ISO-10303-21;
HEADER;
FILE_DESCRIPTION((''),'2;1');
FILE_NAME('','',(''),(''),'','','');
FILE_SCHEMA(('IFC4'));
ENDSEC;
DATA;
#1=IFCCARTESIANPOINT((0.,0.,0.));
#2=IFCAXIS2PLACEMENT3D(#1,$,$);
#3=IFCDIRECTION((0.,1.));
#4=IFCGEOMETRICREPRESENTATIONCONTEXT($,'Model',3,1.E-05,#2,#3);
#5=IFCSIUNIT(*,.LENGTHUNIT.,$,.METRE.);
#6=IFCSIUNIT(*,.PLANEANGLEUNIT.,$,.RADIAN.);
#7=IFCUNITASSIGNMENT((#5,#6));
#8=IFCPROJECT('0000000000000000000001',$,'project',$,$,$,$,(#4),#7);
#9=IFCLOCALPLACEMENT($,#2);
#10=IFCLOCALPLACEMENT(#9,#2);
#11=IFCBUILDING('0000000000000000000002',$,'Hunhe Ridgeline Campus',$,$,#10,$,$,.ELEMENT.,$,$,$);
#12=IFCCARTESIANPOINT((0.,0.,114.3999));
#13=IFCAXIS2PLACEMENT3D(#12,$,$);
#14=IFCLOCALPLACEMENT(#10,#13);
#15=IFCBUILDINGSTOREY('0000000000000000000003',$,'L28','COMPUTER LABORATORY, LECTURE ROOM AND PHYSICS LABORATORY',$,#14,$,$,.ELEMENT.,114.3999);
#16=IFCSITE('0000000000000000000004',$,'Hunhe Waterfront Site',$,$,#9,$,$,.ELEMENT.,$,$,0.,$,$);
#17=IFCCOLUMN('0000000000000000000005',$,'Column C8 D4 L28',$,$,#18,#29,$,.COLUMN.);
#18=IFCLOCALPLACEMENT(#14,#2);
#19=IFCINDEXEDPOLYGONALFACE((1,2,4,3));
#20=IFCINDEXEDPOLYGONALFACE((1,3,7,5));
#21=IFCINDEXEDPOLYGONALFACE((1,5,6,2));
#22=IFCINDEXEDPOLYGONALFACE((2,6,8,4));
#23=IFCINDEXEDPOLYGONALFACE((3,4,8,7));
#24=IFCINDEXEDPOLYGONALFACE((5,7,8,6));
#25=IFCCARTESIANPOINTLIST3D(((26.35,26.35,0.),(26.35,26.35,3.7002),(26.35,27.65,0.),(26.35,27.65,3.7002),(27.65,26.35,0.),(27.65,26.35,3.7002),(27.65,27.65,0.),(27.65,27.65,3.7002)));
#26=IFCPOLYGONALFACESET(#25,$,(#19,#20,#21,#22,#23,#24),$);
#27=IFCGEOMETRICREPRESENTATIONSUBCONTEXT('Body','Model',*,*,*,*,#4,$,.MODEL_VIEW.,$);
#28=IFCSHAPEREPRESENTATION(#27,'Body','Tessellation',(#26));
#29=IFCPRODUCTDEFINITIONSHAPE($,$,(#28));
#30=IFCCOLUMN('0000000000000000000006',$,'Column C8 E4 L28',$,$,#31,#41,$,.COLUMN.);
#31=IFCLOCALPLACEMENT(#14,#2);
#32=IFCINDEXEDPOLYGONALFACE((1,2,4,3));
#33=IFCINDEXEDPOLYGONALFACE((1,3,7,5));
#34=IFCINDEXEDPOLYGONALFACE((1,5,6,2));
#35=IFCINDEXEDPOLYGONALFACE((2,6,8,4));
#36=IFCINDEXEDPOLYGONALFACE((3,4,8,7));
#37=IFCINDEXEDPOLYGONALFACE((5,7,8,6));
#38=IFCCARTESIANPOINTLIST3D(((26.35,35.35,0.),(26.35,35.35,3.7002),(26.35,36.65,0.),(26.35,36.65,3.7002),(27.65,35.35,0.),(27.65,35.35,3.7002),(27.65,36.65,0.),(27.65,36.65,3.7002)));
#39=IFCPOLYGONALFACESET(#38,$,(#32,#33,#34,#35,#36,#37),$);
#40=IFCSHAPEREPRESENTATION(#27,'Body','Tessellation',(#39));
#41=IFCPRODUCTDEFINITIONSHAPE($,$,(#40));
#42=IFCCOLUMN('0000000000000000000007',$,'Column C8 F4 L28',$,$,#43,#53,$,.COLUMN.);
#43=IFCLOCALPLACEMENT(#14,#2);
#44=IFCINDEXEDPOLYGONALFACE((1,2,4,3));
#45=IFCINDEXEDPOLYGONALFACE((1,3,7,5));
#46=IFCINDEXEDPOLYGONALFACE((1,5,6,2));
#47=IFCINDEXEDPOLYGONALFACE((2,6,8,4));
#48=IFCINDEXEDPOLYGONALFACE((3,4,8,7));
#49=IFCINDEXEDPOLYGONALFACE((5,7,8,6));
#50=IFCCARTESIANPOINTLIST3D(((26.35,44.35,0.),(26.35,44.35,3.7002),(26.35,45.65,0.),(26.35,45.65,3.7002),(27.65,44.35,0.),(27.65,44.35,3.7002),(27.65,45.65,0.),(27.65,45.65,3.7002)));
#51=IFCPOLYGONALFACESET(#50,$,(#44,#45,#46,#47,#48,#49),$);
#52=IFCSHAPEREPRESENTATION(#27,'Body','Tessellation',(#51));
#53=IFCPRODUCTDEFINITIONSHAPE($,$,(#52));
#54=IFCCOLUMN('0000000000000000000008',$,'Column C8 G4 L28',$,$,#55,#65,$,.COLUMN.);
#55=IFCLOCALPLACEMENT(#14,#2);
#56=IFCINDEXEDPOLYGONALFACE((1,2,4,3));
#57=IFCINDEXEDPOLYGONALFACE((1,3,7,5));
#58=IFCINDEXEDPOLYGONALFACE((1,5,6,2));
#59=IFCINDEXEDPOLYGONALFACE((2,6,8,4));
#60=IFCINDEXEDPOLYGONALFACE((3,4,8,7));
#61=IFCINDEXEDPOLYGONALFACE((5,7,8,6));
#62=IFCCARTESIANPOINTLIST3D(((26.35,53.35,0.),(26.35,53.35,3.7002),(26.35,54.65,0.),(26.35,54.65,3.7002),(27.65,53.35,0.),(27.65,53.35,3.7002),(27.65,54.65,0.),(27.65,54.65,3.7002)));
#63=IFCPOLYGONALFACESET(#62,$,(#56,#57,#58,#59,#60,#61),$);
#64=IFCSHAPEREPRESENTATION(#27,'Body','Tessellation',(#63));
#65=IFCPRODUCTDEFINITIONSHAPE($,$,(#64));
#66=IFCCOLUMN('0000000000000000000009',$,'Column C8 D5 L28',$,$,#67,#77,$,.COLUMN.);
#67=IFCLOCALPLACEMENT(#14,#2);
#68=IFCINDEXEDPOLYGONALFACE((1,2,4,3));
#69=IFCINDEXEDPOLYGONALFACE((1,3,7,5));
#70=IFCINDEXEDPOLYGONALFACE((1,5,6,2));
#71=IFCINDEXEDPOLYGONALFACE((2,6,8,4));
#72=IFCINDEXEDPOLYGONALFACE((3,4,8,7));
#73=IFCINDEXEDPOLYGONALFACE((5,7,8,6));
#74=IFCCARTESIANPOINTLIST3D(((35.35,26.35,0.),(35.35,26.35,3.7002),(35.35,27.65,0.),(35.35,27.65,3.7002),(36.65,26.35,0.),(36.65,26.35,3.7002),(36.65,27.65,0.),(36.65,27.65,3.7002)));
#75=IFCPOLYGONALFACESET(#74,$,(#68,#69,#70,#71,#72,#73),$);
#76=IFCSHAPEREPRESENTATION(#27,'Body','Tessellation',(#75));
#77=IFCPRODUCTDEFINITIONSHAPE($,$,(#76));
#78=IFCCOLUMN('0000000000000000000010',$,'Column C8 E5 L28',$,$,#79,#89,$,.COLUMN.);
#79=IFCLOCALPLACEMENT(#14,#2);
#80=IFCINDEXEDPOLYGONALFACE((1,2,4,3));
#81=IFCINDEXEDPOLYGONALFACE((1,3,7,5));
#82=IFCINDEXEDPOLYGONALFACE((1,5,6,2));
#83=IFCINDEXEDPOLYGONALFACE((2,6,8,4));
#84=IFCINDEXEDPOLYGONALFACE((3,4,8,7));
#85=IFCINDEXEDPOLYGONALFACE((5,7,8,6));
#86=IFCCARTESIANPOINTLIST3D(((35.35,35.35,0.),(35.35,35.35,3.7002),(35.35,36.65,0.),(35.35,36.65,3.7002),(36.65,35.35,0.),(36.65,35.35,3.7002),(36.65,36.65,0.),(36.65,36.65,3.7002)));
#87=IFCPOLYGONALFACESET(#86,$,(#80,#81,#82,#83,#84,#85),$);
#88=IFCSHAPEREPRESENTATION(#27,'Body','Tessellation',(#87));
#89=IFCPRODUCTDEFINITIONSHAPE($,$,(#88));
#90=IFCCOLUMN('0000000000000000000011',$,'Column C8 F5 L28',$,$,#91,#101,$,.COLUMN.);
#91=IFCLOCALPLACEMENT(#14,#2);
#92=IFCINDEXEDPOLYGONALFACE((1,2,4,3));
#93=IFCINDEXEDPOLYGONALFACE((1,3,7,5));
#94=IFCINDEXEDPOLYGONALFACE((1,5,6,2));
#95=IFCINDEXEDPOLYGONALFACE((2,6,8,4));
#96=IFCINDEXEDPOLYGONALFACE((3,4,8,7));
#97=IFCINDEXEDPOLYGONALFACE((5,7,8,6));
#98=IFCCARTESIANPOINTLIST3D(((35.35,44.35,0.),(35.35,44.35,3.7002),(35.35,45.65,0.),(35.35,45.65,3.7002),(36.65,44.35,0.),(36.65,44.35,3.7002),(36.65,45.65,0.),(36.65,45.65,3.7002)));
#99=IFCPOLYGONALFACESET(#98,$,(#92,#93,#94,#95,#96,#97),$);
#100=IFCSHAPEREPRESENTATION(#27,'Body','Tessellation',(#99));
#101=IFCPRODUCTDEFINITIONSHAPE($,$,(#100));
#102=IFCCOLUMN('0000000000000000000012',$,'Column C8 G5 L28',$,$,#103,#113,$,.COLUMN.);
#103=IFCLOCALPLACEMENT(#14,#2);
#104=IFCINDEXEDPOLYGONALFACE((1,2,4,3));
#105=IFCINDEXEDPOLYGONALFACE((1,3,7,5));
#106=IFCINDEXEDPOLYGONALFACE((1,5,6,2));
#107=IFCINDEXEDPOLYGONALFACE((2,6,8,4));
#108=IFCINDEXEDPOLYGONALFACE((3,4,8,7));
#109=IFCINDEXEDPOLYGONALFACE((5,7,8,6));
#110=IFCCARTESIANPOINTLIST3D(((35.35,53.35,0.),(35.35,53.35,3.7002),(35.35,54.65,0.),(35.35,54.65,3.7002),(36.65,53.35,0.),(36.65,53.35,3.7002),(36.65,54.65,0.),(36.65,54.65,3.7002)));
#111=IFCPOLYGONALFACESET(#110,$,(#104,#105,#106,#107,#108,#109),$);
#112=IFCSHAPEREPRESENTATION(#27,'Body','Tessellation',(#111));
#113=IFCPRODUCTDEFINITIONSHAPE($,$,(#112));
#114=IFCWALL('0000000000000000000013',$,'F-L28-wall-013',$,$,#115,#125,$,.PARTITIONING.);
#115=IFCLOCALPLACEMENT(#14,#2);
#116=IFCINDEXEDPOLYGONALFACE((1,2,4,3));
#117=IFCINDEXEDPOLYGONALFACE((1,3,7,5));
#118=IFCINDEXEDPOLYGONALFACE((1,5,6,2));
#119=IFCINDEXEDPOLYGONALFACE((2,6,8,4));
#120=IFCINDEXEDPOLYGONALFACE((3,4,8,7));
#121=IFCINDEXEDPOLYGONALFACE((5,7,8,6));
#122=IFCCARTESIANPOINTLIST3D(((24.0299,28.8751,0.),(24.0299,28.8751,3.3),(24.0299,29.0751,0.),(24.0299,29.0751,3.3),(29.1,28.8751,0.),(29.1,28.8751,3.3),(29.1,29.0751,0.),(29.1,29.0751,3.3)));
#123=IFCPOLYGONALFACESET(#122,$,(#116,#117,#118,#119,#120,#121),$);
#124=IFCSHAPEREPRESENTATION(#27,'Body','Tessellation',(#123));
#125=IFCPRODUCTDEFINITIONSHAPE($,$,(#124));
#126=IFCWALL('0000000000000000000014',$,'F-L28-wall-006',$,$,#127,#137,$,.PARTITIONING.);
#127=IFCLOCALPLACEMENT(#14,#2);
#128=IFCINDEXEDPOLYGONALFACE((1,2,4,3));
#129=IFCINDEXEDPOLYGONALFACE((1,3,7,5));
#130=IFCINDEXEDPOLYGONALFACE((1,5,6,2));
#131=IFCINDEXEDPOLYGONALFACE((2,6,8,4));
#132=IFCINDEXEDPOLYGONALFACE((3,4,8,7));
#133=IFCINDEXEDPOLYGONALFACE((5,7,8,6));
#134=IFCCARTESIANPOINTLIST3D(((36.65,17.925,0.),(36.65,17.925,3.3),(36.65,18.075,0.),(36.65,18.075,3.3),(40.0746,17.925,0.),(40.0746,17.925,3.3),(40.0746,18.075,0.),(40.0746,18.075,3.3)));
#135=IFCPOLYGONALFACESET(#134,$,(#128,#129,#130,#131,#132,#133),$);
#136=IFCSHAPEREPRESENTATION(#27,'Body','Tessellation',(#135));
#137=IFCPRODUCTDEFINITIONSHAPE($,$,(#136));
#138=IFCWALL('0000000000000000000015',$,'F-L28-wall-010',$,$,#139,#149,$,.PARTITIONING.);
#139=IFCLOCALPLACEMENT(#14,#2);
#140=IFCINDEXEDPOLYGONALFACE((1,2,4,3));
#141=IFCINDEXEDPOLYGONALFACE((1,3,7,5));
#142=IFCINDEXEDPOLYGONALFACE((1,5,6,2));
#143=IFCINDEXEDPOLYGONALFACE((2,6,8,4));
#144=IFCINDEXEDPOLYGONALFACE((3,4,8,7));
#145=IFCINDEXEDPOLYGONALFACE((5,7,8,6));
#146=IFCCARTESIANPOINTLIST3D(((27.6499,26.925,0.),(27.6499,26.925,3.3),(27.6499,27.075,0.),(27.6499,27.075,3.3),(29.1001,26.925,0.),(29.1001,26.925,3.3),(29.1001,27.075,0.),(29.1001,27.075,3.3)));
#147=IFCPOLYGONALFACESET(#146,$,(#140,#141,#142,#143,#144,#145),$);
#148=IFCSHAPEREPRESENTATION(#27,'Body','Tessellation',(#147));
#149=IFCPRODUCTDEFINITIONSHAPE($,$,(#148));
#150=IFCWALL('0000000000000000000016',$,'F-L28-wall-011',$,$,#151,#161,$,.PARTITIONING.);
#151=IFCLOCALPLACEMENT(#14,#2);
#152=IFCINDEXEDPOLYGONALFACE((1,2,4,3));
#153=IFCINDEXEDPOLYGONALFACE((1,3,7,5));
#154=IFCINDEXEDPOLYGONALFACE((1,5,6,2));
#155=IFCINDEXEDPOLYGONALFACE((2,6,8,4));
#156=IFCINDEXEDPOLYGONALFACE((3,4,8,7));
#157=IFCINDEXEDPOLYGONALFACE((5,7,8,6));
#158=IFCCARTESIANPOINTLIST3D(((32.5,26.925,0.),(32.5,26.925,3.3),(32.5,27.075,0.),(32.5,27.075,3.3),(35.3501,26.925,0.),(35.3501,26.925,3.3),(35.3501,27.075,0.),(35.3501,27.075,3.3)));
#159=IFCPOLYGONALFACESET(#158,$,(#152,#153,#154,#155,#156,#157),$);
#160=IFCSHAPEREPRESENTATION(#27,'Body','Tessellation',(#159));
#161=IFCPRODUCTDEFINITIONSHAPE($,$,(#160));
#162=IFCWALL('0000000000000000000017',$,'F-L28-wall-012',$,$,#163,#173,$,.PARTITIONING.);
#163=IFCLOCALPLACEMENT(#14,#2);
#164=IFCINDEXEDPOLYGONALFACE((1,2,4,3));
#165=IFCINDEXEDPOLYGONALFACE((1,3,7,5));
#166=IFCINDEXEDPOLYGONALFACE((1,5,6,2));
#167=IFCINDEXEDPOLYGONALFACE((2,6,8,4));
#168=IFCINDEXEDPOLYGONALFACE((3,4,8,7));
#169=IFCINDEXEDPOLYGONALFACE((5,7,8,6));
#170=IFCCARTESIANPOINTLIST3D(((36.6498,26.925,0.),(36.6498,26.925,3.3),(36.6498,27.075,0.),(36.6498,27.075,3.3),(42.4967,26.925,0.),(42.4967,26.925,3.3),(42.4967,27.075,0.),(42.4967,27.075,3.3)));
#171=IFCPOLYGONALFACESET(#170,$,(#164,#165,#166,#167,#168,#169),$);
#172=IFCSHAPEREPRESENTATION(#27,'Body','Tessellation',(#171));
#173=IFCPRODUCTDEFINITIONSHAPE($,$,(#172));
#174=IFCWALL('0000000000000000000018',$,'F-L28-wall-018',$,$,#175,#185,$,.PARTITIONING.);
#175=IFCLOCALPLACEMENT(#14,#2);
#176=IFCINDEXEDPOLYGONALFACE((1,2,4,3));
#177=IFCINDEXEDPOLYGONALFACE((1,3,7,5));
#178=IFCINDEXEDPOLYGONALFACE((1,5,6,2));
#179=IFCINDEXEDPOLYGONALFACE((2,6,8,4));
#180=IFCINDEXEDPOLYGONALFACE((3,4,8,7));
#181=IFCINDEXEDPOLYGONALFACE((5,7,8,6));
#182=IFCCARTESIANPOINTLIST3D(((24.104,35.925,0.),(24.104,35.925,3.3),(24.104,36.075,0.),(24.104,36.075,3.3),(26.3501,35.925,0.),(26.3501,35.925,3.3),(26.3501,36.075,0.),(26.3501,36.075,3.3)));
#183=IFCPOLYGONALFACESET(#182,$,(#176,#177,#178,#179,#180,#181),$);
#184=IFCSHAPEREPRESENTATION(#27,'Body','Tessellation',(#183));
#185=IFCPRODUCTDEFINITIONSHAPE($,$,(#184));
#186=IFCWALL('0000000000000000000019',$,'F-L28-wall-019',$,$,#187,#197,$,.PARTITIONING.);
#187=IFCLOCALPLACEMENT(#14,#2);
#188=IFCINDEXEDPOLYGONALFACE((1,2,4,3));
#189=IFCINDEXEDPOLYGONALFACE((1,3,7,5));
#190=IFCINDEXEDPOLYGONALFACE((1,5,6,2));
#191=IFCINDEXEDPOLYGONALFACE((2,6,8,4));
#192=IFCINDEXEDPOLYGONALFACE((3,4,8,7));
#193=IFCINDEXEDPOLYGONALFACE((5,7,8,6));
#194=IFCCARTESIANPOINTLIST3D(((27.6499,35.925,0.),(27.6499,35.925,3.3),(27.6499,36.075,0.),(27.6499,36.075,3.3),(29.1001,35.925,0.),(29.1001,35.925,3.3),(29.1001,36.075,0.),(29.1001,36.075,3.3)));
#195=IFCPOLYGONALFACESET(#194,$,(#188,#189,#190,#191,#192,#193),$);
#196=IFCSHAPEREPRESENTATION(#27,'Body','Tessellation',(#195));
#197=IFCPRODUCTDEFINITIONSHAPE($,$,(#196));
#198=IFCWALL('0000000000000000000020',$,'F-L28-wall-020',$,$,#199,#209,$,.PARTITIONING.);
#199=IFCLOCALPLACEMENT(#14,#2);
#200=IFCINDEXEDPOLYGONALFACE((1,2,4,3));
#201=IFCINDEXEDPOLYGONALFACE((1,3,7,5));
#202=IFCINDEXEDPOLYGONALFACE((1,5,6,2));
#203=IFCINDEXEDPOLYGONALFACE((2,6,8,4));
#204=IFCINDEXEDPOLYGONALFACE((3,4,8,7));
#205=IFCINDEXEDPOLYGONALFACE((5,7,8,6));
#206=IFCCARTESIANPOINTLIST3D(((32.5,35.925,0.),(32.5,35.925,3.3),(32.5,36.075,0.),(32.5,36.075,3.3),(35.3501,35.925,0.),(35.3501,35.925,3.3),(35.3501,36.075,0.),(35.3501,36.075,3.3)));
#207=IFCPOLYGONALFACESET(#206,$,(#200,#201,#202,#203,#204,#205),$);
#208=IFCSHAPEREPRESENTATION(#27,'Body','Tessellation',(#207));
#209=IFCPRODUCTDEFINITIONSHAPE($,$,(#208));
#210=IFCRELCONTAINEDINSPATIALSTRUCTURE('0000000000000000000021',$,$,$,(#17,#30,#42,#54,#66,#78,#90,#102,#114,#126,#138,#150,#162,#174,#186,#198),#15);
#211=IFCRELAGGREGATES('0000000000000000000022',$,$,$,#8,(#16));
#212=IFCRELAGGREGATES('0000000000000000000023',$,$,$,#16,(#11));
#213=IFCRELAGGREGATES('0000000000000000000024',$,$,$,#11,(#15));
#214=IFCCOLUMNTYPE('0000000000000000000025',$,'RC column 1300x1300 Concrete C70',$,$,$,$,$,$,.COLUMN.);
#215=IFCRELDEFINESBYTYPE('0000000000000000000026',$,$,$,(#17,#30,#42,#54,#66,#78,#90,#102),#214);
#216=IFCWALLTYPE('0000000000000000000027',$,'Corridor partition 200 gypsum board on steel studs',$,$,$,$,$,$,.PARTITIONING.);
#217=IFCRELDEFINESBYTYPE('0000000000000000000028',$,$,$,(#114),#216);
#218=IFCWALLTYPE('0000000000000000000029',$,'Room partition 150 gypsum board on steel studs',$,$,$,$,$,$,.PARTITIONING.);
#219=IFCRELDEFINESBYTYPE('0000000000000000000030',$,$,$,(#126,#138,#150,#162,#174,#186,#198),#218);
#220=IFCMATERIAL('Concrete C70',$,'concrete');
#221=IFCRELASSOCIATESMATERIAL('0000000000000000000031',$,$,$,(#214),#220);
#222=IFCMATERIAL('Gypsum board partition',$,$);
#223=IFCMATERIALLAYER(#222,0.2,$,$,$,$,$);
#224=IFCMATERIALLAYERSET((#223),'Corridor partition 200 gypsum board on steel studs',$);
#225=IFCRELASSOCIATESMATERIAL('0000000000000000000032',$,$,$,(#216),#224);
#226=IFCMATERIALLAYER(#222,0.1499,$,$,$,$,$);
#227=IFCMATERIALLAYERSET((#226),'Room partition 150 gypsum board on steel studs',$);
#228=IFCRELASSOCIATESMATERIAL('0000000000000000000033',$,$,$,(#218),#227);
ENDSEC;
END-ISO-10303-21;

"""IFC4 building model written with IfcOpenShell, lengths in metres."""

from ifc_helpers import new_model, si_unit, direction, frame, frame_2d, origin, origin_2d, place, context, subcontext, project, spatial, rectangle, extrude, material, layer, layer_set, material_profile, profile_set, type_object, element, save


model = new_model("IFC4")

# Units and contexts
model_context = context("Model", 3, precision=1e-05, world=origin(), true_north=direction((0.0, 1.0)))
body_context = subcontext(model_context, "Body", "Model", "MODEL_VIEW")
ifc_project = project(units=[si_unit("LENGTHUNIT", "METRE"), si_unit("PLANEANGLEUNIT", "RADIAN")], contexts=[model_context])

# Site, building, storey
site_placement = place(None, origin())
site = spatial("IfcSite", under=ifc_project, at=site_placement, Name="Hunhe Waterfront Site", CompositionType="ELEMENT", RefElevation=0.0)
building_placement = place(site_placement, origin())
building = spatial("IfcBuilding", under=site, at=building_placement, Name="Hunhe Ridgeline Campus", CompositionType="ELEMENT")
storey_placement = place(building_placement, frame((0.0, 0.0, 114.3999)))
storey = spatial("IfcBuildingStorey", under=building, at=storey_placement, Name="L28", Description="COMPUTER LABORATORY, LECTURE ROOM AND PHYSICS LABORATORY", CompositionType="ELEMENT", Elevation=114.3999)

# Columns
ifc_material_1 = material(Name="Concrete C70", Category="concrete")
ifc_material_profile = material_profile(ifc_material_1, rectangle(XDim=1.3, YDim=1.3, at=origin_2d()))
ifc_profile_set = profile_set([ifc_material_profile], Name="Concrete C70")
column_type = type_object("IfcColumnType", Name="RC column 1300x1300 Concrete C70", PredefinedType="COLUMN", material=ifc_profile_set)
for number, where, z_axis, x_axis, name in (
    (1, (27.0, 27.0, 0.0), (0.0, 0.0, 1.0), (1.0, 0.0, 0.0), "Column C8 D4 L28"),
    (2, (27.0, 36.0, 0.0), (0.0, 0.0, 1.0), (1.0, 0.0, 0.0), "Column C8 E4 L28"),
    (3, (27.0, 45.0, 0.0), (0.0, 0.0, 1.0), (1.0, 0.0, 0.0), "Column C8 F4 L28"),
    (4, (27.0, 54.0, 0.0), (0.0, 0.0, 1.0), (1.0, 0.0, 0.0), "Column C8 G4 L28"),
    (5, (36.0, 27.0, 0.0), (0.0, 0.0, 1.0), (1.0, 0.0, 0.0), "Column C8 D5 L28"),
    (6, (36.0, 36.0, 0.0), (0.0, 0.0, 1.0), (1.0, 0.0, 0.0), "Column C8 E5 L28"),
    (7, (36.0, 45.0, 0.0), (0.0, 0.0, 1.0), (1.0, 0.0, 0.0), "Column C8 F5 L28"),
    (8, (36.0, 54.0, 0.0), (0.0, 0.0, 1.0), (1.0, 0.0, 0.0), "Column C8 G5 L28"),
):
    element("IfcColumn", number, at=place(storey_placement, frame(where, z_axis=z_axis, x_axis=x_axis)), inside=storey, type_object=column_type, Name=name, PredefinedType="COLUMN", context=body_context, shape_type="SweptSolid", body=[
        extrude(rectangle(XDim=1.3, YDim=1.3, at=origin_2d()), origin(), (0.0, 0.0, 1.0), 3.7002),
    ])

# Wall
ifc_material_2 = material(Name="Gypsum board partition")
ifc_layer_1 = layer(ifc_material_2, 0.2)
ifc_layer_set_1 = layer_set([ifc_layer_1], Name="Corridor partition 200 gypsum board on steel studs")
wall_type_1 = type_object("IfcWallType", Name="Corridor partition 200 gypsum board on steel studs", PredefinedType="PARTITIONING", material=ifc_layer_set_1)
wall_1_placement = place(storey_placement, frame((29.1001, 28.9751, 0.0), z_axis=(0.0, 0.0, 1.0), x_axis=(-1.0, 0.0, 0.0)))
element("IfcWall", 9, at=wall_1_placement, inside=storey, type_object=wall_type_1, Name="F-L28-wall-013", PredefinedType="PARTITIONING", context=body_context, shape_type="SweptSolid", body=[
    extrude(rectangle(XDim=5.0701, YDim=0.2, at=frame_2d((2.5352, 0.0))), origin(), (0.0, 0.0, 1.0), 3.3),
])

# Walls
ifc_layer_2 = layer(ifc_material_2, 0.1499)
ifc_layer_set_2 = layer_set([ifc_layer_2], Name="Room partition 150 gypsum board on steel studs")
wall_type_2 = type_object("IfcWallType", Name="Room partition 150 gypsum board on steel studs", PredefinedType="PARTITIONING", material=ifc_layer_set_2)
wall_2_placement = place(storey_placement, frame((36.6499, 18.0, 0.0), z_axis=(0.0, 0.0, 1.0), x_axis=(1.0, 0.0, 0.0)))
element("IfcWall", 10, at=wall_2_placement, inside=storey, type_object=wall_type_2, Name="F-L28-wall-006", PredefinedType="PARTITIONING", context=body_context, shape_type="SweptSolid", body=[
    extrude(rectangle(XDim=3.4246, YDim=0.1499, at=frame_2d((1.7124, 0.0))), origin(), (0.0, 0.0, 1.0), 3.3),
])
wall_3_placement = place(storey_placement, frame((27.6499, 27.0, 0.0), z_axis=(0.0, 0.0, 1.0), x_axis=(1.0, 0.0, 0.0)))
element("IfcWall", 11, at=wall_3_placement, inside=storey, type_object=wall_type_2, Name="F-L28-wall-010", PredefinedType="PARTITIONING", context=body_context, shape_type="SweptSolid", body=[
    extrude(rectangle(XDim=1.4502, YDim=0.1499, at=frame_2d((0.7251, 0.0))), origin(), (0.0, 0.0, 1.0), 3.3),
])
wall_4_placement = place(storey_placement, frame((32.5, 27.0, 0.0), z_axis=(0.0, 0.0, 1.0), x_axis=(1.0, 0.0, 0.0)))
element("IfcWall", 12, at=wall_4_placement, inside=storey, type_object=wall_type_2, Name="F-L28-wall-011", PredefinedType="PARTITIONING", context=body_context, shape_type="SweptSolid", body=[
    extrude(rectangle(XDim=2.8501, YDim=0.1499, at=frame_2d((1.425, 0.0))), origin(), (0.0, 0.0, 1.0), 3.3),
])
wall_5_placement = place(storey_placement, frame((36.6499, 27.0, 0.0), z_axis=(0.0, 0.0, 1.0), x_axis=(1.0, 0.0, 0.0)))
element("IfcWall", 13, at=wall_5_placement, inside=storey, type_object=wall_type_2, Name="F-L28-wall-012", PredefinedType="PARTITIONING", context=body_context, shape_type="SweptSolid", body=[
    extrude(rectangle(XDim=5.8469, YDim=0.1499, at=frame_2d((2.9233, 0.0))), origin(), (0.0, 0.0, 1.0), 3.3),
])
wall_6_placement = place(storey_placement, frame((24.104, 36.0, 0.0), z_axis=(0.0, 0.0, 1.0), x_axis=(1.0, 0.0, 0.0)))
element("IfcWall", 14, at=wall_6_placement, inside=storey, type_object=wall_type_2, Name="F-L28-wall-018", PredefinedType="PARTITIONING", context=body_context, shape_type="SweptSolid", body=[
    extrude(rectangle(XDim=2.2461, YDim=0.1499, at=frame_2d((1.123, 0.0))), origin(), (0.0, 0.0, 1.0), 3.3),
])
wall_7_placement = place(storey_placement, frame((27.6499, 36.0, 0.0), z_axis=(0.0, 0.0, 1.0), x_axis=(1.0, 0.0, 0.0)))
element("IfcWall", 15, at=wall_7_placement, inside=storey, type_object=wall_type_2, Name="F-L28-wall-019", PredefinedType="PARTITIONING", context=body_context, shape_type="SweptSolid", body=[
    extrude(rectangle(XDim=1.4502, YDim=0.1499, at=frame_2d((0.7251, 0.0))), origin(), (0.0, 0.0, 1.0), 3.3),
])
wall_8_placement = place(storey_placement, frame((32.5, 36.0, 0.0), z_axis=(0.0, 0.0, 1.0), x_axis=(1.0, 0.0, 0.0)))
element("IfcWall", 16, at=wall_8_placement, inside=storey, type_object=wall_type_2, Name="F-L28-wall-020", PredefinedType="PARTITIONING", context=body_context, shape_type="SweptSolid", body=[
    extrude(rectangle(XDim=2.8501, YDim=0.1499, at=frame_2d((1.425, 0.0))), origin(), (0.0, 0.0, 1.0), 3.3),
])

save(model, "model.ifc")
